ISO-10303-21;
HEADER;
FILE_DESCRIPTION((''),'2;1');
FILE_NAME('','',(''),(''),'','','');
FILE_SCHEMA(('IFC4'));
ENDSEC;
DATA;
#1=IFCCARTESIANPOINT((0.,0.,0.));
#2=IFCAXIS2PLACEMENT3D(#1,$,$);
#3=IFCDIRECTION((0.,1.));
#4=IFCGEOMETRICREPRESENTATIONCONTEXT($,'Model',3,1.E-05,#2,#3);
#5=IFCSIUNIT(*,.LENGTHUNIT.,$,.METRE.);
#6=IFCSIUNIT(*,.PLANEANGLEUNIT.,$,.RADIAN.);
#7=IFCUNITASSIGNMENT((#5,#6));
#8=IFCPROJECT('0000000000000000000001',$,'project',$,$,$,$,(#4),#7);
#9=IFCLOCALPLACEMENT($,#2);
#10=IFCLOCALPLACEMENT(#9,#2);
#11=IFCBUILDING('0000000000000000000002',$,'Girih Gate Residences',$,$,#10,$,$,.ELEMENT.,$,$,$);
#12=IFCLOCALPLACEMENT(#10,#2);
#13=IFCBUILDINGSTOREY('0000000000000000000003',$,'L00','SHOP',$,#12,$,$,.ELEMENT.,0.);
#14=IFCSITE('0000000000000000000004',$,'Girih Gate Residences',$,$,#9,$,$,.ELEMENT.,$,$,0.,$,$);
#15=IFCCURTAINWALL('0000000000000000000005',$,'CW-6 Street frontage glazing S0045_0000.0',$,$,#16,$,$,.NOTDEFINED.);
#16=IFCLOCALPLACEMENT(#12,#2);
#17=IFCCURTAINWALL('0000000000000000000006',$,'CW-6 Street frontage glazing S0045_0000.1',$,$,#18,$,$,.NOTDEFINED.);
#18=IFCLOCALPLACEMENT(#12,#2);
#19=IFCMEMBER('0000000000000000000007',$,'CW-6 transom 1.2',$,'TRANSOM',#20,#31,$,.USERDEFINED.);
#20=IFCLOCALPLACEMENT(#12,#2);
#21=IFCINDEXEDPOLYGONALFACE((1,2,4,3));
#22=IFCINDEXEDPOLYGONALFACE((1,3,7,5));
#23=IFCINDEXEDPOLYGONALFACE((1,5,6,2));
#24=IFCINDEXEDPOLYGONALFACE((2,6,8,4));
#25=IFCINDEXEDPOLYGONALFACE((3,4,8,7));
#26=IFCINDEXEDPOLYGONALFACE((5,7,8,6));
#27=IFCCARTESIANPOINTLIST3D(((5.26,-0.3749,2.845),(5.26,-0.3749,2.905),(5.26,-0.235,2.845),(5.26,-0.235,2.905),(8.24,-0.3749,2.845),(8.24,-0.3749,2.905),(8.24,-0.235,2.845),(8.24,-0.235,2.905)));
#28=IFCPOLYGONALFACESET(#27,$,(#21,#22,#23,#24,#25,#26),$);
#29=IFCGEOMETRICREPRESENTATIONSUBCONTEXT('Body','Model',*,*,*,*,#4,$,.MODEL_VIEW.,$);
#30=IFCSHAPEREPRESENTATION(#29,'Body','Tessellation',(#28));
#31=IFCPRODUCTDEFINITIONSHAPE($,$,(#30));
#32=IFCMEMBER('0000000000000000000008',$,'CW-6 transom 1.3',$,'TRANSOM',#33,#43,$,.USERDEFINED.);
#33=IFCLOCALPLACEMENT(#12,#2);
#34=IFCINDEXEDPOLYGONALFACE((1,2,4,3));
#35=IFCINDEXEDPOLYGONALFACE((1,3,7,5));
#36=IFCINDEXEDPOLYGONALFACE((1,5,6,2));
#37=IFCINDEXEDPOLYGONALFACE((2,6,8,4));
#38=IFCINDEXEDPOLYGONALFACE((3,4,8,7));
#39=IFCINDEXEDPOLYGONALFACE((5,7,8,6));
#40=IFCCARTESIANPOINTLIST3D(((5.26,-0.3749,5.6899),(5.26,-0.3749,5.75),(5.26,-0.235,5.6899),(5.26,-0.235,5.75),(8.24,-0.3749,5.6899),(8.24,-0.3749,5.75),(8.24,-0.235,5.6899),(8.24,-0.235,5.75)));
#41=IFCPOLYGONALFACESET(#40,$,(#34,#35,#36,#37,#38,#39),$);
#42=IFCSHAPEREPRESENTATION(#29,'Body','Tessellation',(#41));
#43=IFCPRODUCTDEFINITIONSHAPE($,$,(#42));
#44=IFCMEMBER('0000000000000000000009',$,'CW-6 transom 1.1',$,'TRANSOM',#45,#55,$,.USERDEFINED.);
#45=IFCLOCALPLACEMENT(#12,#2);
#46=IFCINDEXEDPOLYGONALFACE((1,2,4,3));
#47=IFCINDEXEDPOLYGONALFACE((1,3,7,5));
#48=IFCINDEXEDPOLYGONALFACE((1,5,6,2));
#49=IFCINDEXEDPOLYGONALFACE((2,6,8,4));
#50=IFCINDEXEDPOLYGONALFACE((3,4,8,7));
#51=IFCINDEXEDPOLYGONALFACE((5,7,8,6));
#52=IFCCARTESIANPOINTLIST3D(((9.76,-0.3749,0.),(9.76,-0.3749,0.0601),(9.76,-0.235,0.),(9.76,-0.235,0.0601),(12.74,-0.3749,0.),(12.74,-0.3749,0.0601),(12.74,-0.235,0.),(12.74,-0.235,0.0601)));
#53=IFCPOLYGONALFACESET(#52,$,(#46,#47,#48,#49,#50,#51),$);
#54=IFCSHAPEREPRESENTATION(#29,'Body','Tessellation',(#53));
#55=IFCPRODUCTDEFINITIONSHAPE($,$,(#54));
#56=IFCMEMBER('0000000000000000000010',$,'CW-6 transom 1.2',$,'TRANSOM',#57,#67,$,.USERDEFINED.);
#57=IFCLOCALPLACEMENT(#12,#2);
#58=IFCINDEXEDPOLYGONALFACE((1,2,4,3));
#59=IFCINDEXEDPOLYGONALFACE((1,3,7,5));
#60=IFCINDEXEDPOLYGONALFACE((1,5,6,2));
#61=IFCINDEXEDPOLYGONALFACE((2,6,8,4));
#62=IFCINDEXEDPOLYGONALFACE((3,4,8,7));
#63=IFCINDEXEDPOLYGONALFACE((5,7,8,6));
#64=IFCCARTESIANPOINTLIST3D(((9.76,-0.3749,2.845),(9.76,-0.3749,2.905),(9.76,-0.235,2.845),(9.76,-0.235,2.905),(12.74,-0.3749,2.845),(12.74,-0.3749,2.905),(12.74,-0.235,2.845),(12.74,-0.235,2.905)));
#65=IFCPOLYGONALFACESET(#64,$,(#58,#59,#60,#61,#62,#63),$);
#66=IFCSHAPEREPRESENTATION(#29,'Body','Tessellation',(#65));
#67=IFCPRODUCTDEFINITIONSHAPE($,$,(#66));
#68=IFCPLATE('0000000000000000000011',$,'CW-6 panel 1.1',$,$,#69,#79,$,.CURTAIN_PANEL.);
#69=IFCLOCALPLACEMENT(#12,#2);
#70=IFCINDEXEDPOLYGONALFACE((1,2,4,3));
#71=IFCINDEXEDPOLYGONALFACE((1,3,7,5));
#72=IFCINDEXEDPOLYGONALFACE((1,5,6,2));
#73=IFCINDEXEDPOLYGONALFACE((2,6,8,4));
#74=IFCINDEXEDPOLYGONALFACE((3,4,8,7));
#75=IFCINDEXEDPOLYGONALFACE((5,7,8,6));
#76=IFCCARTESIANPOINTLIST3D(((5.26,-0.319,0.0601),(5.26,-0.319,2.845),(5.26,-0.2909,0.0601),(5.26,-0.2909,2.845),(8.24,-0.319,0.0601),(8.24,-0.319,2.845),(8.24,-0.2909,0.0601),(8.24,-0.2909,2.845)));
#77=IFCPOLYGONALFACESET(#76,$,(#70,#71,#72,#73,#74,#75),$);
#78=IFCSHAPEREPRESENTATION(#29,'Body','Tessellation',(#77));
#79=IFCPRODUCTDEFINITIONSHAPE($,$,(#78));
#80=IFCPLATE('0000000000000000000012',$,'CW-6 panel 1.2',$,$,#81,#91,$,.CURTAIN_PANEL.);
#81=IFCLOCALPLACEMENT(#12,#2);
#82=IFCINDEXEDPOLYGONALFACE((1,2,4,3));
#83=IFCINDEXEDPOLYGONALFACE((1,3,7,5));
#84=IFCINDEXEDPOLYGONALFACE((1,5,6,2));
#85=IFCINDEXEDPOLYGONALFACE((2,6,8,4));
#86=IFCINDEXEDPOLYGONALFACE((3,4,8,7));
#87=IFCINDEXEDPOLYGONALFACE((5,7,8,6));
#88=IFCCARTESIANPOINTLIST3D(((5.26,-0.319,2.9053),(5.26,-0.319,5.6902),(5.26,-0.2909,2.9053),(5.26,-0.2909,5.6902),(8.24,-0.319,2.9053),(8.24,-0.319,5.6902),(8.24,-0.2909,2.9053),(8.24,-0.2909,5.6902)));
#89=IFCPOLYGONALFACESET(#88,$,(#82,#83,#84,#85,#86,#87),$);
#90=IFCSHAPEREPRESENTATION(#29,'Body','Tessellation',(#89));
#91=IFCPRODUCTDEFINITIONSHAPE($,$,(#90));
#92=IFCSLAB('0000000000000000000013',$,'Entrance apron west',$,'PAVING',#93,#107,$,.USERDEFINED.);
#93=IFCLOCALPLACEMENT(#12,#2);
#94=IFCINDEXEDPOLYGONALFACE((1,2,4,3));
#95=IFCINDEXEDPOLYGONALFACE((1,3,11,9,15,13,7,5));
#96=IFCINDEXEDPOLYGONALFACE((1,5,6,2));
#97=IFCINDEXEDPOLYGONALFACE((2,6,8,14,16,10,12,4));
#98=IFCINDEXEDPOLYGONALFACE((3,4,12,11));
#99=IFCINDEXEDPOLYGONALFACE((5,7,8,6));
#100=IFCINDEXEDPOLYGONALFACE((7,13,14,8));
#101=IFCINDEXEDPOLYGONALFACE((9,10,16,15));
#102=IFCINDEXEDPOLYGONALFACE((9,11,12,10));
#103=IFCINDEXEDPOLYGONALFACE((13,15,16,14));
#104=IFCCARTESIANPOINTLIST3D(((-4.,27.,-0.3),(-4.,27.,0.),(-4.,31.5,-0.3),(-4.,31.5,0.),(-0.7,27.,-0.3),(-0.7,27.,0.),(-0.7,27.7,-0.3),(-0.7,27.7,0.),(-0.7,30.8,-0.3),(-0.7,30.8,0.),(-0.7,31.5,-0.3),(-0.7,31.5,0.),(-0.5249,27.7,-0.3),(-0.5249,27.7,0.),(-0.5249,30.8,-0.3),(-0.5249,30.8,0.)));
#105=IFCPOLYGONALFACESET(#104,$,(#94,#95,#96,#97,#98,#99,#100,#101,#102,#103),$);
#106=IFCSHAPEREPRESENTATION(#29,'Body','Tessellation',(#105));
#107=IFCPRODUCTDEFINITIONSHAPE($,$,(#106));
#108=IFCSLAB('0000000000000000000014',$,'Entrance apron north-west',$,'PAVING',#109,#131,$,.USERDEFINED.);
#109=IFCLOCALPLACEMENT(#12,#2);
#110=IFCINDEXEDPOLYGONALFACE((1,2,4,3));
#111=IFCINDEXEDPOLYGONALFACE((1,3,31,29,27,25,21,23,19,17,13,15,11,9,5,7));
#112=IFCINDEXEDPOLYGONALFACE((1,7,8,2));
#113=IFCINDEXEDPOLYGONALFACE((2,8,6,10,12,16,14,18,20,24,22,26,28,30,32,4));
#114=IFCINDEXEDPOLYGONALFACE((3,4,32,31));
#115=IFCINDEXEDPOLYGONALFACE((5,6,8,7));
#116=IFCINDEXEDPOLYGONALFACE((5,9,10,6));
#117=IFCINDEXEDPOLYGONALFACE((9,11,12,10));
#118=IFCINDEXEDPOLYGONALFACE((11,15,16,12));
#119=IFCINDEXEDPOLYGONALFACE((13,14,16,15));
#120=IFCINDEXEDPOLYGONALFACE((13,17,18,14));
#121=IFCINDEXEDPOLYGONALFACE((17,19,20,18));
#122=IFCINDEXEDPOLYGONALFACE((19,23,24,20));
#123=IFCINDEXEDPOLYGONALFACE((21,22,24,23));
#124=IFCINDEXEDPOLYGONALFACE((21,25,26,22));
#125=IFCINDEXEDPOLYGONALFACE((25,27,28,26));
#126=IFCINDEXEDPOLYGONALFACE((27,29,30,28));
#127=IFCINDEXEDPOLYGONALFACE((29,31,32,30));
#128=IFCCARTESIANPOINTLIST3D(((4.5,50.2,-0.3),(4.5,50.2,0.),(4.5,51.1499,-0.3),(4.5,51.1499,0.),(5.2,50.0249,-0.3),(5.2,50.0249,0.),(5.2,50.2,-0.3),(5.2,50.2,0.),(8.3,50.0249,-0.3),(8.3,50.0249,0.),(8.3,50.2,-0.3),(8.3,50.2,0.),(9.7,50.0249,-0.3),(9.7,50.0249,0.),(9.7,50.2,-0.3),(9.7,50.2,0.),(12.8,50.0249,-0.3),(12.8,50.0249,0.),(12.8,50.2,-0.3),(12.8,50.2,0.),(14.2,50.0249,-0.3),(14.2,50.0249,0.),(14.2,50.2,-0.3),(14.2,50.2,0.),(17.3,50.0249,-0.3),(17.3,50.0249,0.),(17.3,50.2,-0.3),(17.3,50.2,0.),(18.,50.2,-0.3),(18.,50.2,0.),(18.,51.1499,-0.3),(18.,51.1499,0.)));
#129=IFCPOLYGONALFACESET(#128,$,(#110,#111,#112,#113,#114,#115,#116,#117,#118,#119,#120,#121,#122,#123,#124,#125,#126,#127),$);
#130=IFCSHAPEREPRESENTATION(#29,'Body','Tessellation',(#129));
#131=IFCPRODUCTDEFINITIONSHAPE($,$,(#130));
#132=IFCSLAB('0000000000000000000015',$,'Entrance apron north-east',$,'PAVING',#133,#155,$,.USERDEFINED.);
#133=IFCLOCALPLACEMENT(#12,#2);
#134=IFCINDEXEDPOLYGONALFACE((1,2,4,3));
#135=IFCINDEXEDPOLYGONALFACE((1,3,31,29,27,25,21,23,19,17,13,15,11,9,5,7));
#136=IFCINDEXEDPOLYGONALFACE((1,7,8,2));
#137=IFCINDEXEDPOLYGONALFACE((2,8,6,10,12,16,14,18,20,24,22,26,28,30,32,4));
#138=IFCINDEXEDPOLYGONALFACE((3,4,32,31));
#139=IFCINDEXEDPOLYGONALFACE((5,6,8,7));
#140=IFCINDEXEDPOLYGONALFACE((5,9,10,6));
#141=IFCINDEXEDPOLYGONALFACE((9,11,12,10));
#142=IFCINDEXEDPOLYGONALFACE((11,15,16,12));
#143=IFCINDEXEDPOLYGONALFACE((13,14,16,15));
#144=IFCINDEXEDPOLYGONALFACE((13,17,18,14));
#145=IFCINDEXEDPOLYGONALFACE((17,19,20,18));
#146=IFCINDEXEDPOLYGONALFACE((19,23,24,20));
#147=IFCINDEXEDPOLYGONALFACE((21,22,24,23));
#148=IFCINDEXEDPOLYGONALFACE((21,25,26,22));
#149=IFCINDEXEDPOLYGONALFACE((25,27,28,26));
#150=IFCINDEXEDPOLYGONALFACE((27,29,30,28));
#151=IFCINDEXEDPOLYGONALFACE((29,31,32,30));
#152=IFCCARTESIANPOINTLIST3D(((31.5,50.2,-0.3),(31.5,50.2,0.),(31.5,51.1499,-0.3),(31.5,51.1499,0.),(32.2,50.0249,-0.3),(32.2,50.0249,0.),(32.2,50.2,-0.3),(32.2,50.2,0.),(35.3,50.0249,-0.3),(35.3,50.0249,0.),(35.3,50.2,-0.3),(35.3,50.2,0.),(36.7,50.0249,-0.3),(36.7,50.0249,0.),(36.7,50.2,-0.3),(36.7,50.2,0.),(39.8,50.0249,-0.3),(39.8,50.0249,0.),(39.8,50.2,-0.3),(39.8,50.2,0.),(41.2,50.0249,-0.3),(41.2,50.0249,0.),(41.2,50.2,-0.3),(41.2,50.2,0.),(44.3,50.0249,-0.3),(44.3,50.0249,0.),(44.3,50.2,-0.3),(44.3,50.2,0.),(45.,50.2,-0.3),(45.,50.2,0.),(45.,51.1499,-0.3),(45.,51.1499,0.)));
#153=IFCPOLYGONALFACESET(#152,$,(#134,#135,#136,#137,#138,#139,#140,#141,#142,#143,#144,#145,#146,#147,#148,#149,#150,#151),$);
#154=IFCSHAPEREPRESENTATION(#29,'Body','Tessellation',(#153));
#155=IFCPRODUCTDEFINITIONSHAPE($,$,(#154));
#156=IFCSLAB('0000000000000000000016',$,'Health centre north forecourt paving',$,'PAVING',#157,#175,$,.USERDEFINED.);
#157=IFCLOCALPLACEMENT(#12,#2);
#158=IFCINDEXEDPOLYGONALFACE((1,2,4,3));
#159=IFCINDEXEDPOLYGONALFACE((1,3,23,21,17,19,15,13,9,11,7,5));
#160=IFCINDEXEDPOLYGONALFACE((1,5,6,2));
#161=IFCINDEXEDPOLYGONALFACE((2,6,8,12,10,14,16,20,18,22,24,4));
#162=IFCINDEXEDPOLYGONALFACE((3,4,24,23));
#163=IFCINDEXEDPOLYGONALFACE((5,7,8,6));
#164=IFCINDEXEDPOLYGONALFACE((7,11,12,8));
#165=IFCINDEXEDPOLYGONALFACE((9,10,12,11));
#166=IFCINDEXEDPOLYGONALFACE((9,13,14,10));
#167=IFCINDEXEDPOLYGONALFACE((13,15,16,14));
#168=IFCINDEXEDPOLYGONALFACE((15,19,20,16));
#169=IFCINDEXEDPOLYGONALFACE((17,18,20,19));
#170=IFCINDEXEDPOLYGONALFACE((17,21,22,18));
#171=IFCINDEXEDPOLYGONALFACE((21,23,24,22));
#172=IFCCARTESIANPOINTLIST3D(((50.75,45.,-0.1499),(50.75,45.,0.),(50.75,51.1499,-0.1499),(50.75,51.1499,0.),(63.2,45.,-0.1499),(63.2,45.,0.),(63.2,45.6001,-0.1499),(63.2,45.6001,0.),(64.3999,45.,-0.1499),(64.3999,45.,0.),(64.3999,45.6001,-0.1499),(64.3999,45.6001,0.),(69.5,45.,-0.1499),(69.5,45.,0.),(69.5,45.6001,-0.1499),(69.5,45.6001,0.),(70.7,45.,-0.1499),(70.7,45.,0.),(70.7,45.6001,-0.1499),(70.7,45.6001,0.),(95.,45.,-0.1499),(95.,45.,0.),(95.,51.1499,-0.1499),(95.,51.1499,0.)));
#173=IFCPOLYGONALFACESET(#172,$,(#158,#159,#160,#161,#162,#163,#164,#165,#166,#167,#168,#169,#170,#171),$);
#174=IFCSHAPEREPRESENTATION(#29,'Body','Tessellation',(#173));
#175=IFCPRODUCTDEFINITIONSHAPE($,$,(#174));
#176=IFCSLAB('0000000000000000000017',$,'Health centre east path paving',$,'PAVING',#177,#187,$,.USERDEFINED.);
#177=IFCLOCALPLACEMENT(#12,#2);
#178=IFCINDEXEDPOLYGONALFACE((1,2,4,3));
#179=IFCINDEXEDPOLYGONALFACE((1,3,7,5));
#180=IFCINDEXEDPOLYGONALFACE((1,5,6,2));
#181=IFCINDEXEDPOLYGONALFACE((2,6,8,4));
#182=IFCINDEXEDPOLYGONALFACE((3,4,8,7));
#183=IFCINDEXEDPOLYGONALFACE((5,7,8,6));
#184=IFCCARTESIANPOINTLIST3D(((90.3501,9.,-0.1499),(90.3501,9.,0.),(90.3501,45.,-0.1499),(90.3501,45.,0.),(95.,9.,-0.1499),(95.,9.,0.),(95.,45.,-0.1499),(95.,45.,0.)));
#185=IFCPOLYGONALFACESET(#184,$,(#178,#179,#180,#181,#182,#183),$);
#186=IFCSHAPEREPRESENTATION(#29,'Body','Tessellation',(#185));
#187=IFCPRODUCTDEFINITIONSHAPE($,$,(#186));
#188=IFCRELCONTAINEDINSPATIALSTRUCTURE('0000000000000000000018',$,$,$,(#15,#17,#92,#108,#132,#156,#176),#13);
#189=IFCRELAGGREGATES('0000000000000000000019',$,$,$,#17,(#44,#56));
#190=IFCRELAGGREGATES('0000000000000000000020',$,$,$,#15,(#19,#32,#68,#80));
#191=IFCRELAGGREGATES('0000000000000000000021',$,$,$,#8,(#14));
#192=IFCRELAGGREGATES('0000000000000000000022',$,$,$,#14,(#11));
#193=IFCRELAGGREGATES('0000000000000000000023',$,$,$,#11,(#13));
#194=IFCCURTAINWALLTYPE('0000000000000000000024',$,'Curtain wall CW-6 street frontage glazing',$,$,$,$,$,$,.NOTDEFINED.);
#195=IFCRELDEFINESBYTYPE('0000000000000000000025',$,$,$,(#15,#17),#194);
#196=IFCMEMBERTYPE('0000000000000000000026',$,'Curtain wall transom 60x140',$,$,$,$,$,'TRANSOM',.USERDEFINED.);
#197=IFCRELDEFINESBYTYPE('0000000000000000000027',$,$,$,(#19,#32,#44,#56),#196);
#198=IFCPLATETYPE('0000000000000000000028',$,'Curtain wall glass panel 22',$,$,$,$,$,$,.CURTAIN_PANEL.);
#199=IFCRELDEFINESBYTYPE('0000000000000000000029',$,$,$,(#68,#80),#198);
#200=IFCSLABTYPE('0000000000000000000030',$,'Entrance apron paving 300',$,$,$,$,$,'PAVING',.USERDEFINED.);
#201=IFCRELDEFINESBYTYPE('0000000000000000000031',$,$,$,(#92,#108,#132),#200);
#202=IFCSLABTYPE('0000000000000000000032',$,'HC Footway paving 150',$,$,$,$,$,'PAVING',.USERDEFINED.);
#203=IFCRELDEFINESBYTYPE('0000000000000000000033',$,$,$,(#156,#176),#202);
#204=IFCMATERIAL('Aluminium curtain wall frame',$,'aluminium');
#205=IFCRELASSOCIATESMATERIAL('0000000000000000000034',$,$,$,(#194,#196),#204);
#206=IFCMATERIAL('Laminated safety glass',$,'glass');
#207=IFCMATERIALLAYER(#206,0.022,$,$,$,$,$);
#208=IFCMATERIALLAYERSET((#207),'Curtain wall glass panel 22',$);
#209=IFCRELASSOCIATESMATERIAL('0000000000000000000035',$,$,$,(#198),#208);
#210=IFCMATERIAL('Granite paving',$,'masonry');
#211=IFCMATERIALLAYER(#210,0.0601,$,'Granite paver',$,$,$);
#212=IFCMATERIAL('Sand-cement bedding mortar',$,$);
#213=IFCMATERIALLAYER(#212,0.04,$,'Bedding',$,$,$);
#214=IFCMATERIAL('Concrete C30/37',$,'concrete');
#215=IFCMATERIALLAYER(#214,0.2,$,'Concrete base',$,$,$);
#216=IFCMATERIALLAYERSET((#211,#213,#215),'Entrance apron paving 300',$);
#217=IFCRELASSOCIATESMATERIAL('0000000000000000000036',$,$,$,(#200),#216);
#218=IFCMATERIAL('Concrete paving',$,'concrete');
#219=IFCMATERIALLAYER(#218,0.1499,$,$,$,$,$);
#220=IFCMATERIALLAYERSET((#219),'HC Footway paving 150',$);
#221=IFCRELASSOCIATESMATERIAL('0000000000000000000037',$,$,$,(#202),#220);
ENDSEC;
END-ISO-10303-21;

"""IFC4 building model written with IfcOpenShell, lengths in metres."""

from ifc_helpers import new_model, si_unit, direction, frame, origin, origin_2d, place, context, subcontext, project, spatial, polyline, rectangle, outline, extrude, material, layer, layer_set, material_profile, profile_set, type_object, element, aggregate, save


model = new_model("IFC4")

# Units and contexts
model_context = context("Model", 3, precision=1e-05, world=origin(), true_north=direction((0.0, 1.0)))
body_context = subcontext(model_context, "Body", "Model", "MODEL_VIEW")
ifc_project = project(units=[si_unit("LENGTHUNIT", "METRE"), si_unit("PLANEANGLEUNIT", "RADIAN")], contexts=[model_context])

# Site, building, storey
site_placement = place(None, origin())
site = spatial("IfcSite", under=ifc_project, at=site_placement, Name="Girih Gate Residences", CompositionType="ELEMENT", RefElevation=0.0)
building_placement = place(site_placement, origin())
building = spatial("IfcBuilding", under=site, at=building_placement, Name="Girih Gate Residences", CompositionType="ELEMENT")
storey_placement = place(building_placement, origin())
storey = spatial("IfcBuildingStorey", under=building, at=storey_placement, Name="L00", Description="SHOP", CompositionType="ELEMENT", Elevation=0.0)

# Curtain wall
ifc_material_1 = material(Name="Aluminium curtain wall frame", Category="aluminium")
curtain_wall_type = type_object("IfcCurtainWallType", Name="Curtain wall CW-6 street frontage glazing", PredefinedType="NOTDEFINED", material=ifc_material_1)
curtain_wall_1_placement = place(storey_placement, origin())
curtain_wall_1 = element("IfcCurtainWall", 1, at=curtain_wall_1_placement, inside=storey, type_object=curtain_wall_type, Name="CW-6 Street frontage glazing S0045_0000.0", PredefinedType="NOTDEFINED")

# Curtain wall
curtain_wall_2_placement = place(storey_placement, origin())
curtain_wall_2 = element("IfcCurtainWall", 2, at=curtain_wall_2_placement, inside=storey, type_object=curtain_wall_type, Name="CW-6 Street frontage glazing S0045_0000.1", PredefinedType="NOTDEFINED")

# Members
ifc_material_profile_1 = material_profile(ifc_material_1, rectangle(XDim=0.1399, YDim=0.0601, at=origin_2d()))
ifc_profile_set_1 = profile_set([ifc_material_profile_1], Name="Aluminium curtain wall frame")
member_type_1 = type_object("IfcMemberType", Name="Curtain wall transom 60x140", ElementType="TRANSOM", PredefinedType="USERDEFINED", material=ifc_profile_set_1)
member_1_placement = place(storey_placement, frame((5.26, -0.3049, 2.875), z_axis=(1.0, 0.0, 0.0), x_axis=(0.0, 1.0, 0.0)))
member_1 = element("IfcMember", 3, at=member_1_placement, type_object=member_type_1, Name="CW-6 transom 1.2", ObjectType="TRANSOM", PredefinedType="USERDEFINED", context=body_context, shape_type="SweptSolid", body=[
    extrude(rectangle(XDim=0.1399, YDim=0.0601, at=origin_2d()), origin(), (0.0, 0.0, 1.0), 2.98),
])
member_2_placement = place(storey_placement, frame((5.26, -0.3049, 5.72), z_axis=(1.0, 0.0, 0.0), x_axis=(0.0, 1.0, 0.0)))
member_2 = element("IfcMember", 4, at=member_2_placement, type_object=member_type_1, Name="CW-6 transom 1.3", ObjectType="TRANSOM", PredefinedType="USERDEFINED", context=body_context, shape_type="SweptSolid", body=[
    extrude(rectangle(XDim=0.1399, YDim=0.0601, at=origin_2d()), origin(), (0.0, 0.0, 1.0), 2.98),
])
member_3_placement = place(storey_placement, frame((9.76, -0.3049, 0.03), z_axis=(1.0, 0.0, 0.0), x_axis=(0.0, 1.0, 0.0)))
member_3 = element("IfcMember", 5, at=member_3_placement, type_object=member_type_1, Name="CW-6 transom 1.1", ObjectType="TRANSOM", PredefinedType="USERDEFINED", context=body_context, shape_type="SweptSolid", body=[
    extrude(rectangle(XDim=0.1399, YDim=0.0601, at=origin_2d()), origin(), (0.0, 0.0, 1.0), 2.98),
])
member_4_placement = place(storey_placement, frame((9.76, -0.3049, 2.875), z_axis=(1.0, 0.0, 0.0), x_axis=(0.0, 1.0, 0.0)))
member_4 = element("IfcMember", 6, at=member_4_placement, type_object=member_type_1, Name="CW-6 transom 1.2", ObjectType="TRANSOM", PredefinedType="USERDEFINED", context=body_context, shape_type="SweptSolid", body=[
    extrude(rectangle(XDim=0.1399, YDim=0.0601, at=origin_2d()), origin(), (0.0, 0.0, 1.0), 2.98),
])
aggregate(curtain_wall_2, [member_3, member_4])

# Plates
ifc_material_2 = material(Name="Laminated safety glass", Category="glass")
ifc_layer_1 = layer(ifc_material_2, 0.022)
ifc_layer_set_1 = layer_set([ifc_layer_1], Name="Curtain wall glass panel 22")
plate_type = type_object("IfcPlateType", Name="Curtain wall glass panel 22", PredefinedType="CURTAIN_PANEL", material=ifc_layer_set_1)
plate_1_placement = place(storey_placement, frame((6.75, -0.3049, 0.0601), z_axis=(0.0, 0.0, 1.0), x_axis=(1.0, 0.0, 0.0)))
plate_1 = element("IfcPlate", 7, at=plate_1_placement, type_object=plate_type, Name="CW-6 panel 1.1", PredefinedType="CURTAIN_PANEL", context=body_context, shape_type="SweptSolid", body=[
    extrude(rectangle(XDim=2.98, YDim=0.0281, at=origin_2d()), origin(), (0.0, 0.0, 1.0), 2.7849),
])
plate_2_placement = place(storey_placement, frame((6.75, -0.3049, 2.9053), z_axis=(0.0, 0.0, 1.0), x_axis=(1.0, 0.0, 0.0)))
plate_2 = element("IfcPlate", 8, at=plate_2_placement, type_object=plate_type, Name="CW-6 panel 1.2", PredefinedType="CURTAIN_PANEL", context=body_context, shape_type="SweptSolid", body=[
    extrude(rectangle(XDim=2.98, YDim=0.0281, at=origin_2d()), origin(), (0.0, 0.0, 1.0), 2.7849),
])
aggregate(curtain_wall_1, [member_1, member_2, plate_1, plate_2])

# Slabs
ifc_material_3 = material(Name="Granite paving", Category="masonry")
ifc_layer_2 = layer(ifc_material_3, 0.0601, Name="Granite paver")
ifc_material_4 = material(Name="Sand-cement bedding mortar")
ifc_layer_3 = layer(ifc_material_4, 0.04, Name="Bedding")
ifc_material_5 = material(Name="Concrete C30/37", Category="concrete")
ifc_layer_4 = layer(ifc_material_5, 0.2, Name="Concrete base")
ifc_layer_set_2 = layer_set([ifc_layer_2, ifc_layer_3, ifc_layer_4], Name="Entrance apron paving 300")
slab_type_1 = type_object("IfcSlabType", Name="Entrance apron paving 300", ElementType="PAVING", PredefinedType="USERDEFINED", material=ifc_layer_set_2)
slab_1_placement = place(storey_placement, frame((0.0, 0.0, -0.3)))
element("IfcSlab", 9, at=slab_1_placement, inside=storey, type_object=slab_type_1, Name="Entrance apron west", ObjectType="PAVING", PredefinedType="USERDEFINED", context=body_context, shape_type="SweptSolid", body=[
    extrude(outline(polyline([(-0.5249, 27.7), (-0.7, 27.7), (-0.7, 27.0), (-4.0, 27.0), (-4.0, 31.5), (-0.7, 31.5), (-0.7, 30.8), (-0.5249, 30.8), (-0.5249, 27.7)])), origin(), (0.0, 0.0, 1.0), 0.3),
])
slab_2_placement = place(storey_placement, frame((0.0, 0.0, -0.3)))
element("IfcSlab", 10, at=slab_2_placement, inside=storey, type_object=slab_type_1, Name="Entrance apron north-west", ObjectType="PAVING", PredefinedType="USERDEFINED", context=body_context, shape_type="SweptSolid", body=[
    extrude(outline(polyline([(4.5, 51.1499), (18.0, 51.1499), (18.0, 50.2), (17.3, 50.2), (17.3, 50.0249), (14.2, 50.0249), (14.2, 50.2), (12.8, 50.2), (12.8, 50.0249), (9.7, 50.0249), (9.7, 50.2), (8.3, 50.2), (8.3, 50.0249), (5.2, 50.0249), (5.2, 50.2), (4.5, 50.2), (4.5, 51.1499)])), origin(), (0.0, 0.0, 1.0), 0.3),
])
slab_3_placement = place(storey_placement, frame((0.0, 0.0, -0.3)))
element("IfcSlab", 11, at=slab_3_placement, inside=storey, type_object=slab_type_1, Name="Entrance apron north-east", ObjectType="PAVING", PredefinedType="USERDEFINED", context=body_context, shape_type="SweptSolid", body=[
    extrude(outline(polyline([(31.5, 51.1499), (45.0, 51.1499), (45.0, 50.2), (44.3, 50.2), (44.3, 50.0249), (41.2, 50.0249), (41.2, 50.2), (39.8, 50.2), (39.8, 50.0249), (36.7, 50.0249), (36.7, 50.2), (35.3, 50.2), (35.3, 50.0249), (32.2, 50.0249), (32.2, 50.2), (31.5, 50.2), (31.5, 51.1499)])), origin(), (0.0, 0.0, 1.0), 0.3),
])
ifc_material_6 = material(Name="Concrete paving", Category="concrete")
ifc_layer_5 = layer(ifc_material_6, 0.1499)
ifc_layer_set_3 = layer_set([ifc_layer_5], Name="HC Footway paving 150")
slab_type_2 = type_object("IfcSlabType", Name="HC Footway paving 150", ElementType="PAVING", PredefinedType="USERDEFINED", material=ifc_layer_set_3)
slab_4_placement = place(storey_placement, frame((0.0, 0.0, -0.1499)))
element("IfcSlab", 12, at=slab_4_placement, inside=storey, type_object=slab_type_2, Name="Health centre north forecourt paving", ObjectType="PAVING", PredefinedType="USERDEFINED", context=body_context, shape_type="SweptSolid", body=[
    extrude(outline(polyline([(50.75, 51.1499), (95.0, 51.1499), (95.0, 45.0), (70.7, 45.0), (70.7, 45.6001), (69.5, 45.6001), (69.5, 45.0), (64.3999, 45.0), (64.3999, 45.6001), (63.2, 45.6001), (63.2, 45.0), (50.75, 45.0), (50.75, 51.1499)])), origin(), (0.0, 0.0, 1.0), 0.1499),
])
slab_5_placement = place(storey_placement, frame((0.0, 0.0, -0.1499)))
element("IfcSlab", 13, at=slab_5_placement, inside=storey, type_object=slab_type_2, Name="Health centre east path paving", ObjectType="PAVING", PredefinedType="USERDEFINED", context=body_context, shape_type="SweptSolid", body=[
    extrude(outline(polyline([(90.3501, 9.0), (95.0, 9.0), (95.0, 45.0), (90.3501, 45.0), (90.3501, 9.0)])), origin(), (0.0, 0.0, 1.0), 0.1499),
])

save(model, "model.ifc")
